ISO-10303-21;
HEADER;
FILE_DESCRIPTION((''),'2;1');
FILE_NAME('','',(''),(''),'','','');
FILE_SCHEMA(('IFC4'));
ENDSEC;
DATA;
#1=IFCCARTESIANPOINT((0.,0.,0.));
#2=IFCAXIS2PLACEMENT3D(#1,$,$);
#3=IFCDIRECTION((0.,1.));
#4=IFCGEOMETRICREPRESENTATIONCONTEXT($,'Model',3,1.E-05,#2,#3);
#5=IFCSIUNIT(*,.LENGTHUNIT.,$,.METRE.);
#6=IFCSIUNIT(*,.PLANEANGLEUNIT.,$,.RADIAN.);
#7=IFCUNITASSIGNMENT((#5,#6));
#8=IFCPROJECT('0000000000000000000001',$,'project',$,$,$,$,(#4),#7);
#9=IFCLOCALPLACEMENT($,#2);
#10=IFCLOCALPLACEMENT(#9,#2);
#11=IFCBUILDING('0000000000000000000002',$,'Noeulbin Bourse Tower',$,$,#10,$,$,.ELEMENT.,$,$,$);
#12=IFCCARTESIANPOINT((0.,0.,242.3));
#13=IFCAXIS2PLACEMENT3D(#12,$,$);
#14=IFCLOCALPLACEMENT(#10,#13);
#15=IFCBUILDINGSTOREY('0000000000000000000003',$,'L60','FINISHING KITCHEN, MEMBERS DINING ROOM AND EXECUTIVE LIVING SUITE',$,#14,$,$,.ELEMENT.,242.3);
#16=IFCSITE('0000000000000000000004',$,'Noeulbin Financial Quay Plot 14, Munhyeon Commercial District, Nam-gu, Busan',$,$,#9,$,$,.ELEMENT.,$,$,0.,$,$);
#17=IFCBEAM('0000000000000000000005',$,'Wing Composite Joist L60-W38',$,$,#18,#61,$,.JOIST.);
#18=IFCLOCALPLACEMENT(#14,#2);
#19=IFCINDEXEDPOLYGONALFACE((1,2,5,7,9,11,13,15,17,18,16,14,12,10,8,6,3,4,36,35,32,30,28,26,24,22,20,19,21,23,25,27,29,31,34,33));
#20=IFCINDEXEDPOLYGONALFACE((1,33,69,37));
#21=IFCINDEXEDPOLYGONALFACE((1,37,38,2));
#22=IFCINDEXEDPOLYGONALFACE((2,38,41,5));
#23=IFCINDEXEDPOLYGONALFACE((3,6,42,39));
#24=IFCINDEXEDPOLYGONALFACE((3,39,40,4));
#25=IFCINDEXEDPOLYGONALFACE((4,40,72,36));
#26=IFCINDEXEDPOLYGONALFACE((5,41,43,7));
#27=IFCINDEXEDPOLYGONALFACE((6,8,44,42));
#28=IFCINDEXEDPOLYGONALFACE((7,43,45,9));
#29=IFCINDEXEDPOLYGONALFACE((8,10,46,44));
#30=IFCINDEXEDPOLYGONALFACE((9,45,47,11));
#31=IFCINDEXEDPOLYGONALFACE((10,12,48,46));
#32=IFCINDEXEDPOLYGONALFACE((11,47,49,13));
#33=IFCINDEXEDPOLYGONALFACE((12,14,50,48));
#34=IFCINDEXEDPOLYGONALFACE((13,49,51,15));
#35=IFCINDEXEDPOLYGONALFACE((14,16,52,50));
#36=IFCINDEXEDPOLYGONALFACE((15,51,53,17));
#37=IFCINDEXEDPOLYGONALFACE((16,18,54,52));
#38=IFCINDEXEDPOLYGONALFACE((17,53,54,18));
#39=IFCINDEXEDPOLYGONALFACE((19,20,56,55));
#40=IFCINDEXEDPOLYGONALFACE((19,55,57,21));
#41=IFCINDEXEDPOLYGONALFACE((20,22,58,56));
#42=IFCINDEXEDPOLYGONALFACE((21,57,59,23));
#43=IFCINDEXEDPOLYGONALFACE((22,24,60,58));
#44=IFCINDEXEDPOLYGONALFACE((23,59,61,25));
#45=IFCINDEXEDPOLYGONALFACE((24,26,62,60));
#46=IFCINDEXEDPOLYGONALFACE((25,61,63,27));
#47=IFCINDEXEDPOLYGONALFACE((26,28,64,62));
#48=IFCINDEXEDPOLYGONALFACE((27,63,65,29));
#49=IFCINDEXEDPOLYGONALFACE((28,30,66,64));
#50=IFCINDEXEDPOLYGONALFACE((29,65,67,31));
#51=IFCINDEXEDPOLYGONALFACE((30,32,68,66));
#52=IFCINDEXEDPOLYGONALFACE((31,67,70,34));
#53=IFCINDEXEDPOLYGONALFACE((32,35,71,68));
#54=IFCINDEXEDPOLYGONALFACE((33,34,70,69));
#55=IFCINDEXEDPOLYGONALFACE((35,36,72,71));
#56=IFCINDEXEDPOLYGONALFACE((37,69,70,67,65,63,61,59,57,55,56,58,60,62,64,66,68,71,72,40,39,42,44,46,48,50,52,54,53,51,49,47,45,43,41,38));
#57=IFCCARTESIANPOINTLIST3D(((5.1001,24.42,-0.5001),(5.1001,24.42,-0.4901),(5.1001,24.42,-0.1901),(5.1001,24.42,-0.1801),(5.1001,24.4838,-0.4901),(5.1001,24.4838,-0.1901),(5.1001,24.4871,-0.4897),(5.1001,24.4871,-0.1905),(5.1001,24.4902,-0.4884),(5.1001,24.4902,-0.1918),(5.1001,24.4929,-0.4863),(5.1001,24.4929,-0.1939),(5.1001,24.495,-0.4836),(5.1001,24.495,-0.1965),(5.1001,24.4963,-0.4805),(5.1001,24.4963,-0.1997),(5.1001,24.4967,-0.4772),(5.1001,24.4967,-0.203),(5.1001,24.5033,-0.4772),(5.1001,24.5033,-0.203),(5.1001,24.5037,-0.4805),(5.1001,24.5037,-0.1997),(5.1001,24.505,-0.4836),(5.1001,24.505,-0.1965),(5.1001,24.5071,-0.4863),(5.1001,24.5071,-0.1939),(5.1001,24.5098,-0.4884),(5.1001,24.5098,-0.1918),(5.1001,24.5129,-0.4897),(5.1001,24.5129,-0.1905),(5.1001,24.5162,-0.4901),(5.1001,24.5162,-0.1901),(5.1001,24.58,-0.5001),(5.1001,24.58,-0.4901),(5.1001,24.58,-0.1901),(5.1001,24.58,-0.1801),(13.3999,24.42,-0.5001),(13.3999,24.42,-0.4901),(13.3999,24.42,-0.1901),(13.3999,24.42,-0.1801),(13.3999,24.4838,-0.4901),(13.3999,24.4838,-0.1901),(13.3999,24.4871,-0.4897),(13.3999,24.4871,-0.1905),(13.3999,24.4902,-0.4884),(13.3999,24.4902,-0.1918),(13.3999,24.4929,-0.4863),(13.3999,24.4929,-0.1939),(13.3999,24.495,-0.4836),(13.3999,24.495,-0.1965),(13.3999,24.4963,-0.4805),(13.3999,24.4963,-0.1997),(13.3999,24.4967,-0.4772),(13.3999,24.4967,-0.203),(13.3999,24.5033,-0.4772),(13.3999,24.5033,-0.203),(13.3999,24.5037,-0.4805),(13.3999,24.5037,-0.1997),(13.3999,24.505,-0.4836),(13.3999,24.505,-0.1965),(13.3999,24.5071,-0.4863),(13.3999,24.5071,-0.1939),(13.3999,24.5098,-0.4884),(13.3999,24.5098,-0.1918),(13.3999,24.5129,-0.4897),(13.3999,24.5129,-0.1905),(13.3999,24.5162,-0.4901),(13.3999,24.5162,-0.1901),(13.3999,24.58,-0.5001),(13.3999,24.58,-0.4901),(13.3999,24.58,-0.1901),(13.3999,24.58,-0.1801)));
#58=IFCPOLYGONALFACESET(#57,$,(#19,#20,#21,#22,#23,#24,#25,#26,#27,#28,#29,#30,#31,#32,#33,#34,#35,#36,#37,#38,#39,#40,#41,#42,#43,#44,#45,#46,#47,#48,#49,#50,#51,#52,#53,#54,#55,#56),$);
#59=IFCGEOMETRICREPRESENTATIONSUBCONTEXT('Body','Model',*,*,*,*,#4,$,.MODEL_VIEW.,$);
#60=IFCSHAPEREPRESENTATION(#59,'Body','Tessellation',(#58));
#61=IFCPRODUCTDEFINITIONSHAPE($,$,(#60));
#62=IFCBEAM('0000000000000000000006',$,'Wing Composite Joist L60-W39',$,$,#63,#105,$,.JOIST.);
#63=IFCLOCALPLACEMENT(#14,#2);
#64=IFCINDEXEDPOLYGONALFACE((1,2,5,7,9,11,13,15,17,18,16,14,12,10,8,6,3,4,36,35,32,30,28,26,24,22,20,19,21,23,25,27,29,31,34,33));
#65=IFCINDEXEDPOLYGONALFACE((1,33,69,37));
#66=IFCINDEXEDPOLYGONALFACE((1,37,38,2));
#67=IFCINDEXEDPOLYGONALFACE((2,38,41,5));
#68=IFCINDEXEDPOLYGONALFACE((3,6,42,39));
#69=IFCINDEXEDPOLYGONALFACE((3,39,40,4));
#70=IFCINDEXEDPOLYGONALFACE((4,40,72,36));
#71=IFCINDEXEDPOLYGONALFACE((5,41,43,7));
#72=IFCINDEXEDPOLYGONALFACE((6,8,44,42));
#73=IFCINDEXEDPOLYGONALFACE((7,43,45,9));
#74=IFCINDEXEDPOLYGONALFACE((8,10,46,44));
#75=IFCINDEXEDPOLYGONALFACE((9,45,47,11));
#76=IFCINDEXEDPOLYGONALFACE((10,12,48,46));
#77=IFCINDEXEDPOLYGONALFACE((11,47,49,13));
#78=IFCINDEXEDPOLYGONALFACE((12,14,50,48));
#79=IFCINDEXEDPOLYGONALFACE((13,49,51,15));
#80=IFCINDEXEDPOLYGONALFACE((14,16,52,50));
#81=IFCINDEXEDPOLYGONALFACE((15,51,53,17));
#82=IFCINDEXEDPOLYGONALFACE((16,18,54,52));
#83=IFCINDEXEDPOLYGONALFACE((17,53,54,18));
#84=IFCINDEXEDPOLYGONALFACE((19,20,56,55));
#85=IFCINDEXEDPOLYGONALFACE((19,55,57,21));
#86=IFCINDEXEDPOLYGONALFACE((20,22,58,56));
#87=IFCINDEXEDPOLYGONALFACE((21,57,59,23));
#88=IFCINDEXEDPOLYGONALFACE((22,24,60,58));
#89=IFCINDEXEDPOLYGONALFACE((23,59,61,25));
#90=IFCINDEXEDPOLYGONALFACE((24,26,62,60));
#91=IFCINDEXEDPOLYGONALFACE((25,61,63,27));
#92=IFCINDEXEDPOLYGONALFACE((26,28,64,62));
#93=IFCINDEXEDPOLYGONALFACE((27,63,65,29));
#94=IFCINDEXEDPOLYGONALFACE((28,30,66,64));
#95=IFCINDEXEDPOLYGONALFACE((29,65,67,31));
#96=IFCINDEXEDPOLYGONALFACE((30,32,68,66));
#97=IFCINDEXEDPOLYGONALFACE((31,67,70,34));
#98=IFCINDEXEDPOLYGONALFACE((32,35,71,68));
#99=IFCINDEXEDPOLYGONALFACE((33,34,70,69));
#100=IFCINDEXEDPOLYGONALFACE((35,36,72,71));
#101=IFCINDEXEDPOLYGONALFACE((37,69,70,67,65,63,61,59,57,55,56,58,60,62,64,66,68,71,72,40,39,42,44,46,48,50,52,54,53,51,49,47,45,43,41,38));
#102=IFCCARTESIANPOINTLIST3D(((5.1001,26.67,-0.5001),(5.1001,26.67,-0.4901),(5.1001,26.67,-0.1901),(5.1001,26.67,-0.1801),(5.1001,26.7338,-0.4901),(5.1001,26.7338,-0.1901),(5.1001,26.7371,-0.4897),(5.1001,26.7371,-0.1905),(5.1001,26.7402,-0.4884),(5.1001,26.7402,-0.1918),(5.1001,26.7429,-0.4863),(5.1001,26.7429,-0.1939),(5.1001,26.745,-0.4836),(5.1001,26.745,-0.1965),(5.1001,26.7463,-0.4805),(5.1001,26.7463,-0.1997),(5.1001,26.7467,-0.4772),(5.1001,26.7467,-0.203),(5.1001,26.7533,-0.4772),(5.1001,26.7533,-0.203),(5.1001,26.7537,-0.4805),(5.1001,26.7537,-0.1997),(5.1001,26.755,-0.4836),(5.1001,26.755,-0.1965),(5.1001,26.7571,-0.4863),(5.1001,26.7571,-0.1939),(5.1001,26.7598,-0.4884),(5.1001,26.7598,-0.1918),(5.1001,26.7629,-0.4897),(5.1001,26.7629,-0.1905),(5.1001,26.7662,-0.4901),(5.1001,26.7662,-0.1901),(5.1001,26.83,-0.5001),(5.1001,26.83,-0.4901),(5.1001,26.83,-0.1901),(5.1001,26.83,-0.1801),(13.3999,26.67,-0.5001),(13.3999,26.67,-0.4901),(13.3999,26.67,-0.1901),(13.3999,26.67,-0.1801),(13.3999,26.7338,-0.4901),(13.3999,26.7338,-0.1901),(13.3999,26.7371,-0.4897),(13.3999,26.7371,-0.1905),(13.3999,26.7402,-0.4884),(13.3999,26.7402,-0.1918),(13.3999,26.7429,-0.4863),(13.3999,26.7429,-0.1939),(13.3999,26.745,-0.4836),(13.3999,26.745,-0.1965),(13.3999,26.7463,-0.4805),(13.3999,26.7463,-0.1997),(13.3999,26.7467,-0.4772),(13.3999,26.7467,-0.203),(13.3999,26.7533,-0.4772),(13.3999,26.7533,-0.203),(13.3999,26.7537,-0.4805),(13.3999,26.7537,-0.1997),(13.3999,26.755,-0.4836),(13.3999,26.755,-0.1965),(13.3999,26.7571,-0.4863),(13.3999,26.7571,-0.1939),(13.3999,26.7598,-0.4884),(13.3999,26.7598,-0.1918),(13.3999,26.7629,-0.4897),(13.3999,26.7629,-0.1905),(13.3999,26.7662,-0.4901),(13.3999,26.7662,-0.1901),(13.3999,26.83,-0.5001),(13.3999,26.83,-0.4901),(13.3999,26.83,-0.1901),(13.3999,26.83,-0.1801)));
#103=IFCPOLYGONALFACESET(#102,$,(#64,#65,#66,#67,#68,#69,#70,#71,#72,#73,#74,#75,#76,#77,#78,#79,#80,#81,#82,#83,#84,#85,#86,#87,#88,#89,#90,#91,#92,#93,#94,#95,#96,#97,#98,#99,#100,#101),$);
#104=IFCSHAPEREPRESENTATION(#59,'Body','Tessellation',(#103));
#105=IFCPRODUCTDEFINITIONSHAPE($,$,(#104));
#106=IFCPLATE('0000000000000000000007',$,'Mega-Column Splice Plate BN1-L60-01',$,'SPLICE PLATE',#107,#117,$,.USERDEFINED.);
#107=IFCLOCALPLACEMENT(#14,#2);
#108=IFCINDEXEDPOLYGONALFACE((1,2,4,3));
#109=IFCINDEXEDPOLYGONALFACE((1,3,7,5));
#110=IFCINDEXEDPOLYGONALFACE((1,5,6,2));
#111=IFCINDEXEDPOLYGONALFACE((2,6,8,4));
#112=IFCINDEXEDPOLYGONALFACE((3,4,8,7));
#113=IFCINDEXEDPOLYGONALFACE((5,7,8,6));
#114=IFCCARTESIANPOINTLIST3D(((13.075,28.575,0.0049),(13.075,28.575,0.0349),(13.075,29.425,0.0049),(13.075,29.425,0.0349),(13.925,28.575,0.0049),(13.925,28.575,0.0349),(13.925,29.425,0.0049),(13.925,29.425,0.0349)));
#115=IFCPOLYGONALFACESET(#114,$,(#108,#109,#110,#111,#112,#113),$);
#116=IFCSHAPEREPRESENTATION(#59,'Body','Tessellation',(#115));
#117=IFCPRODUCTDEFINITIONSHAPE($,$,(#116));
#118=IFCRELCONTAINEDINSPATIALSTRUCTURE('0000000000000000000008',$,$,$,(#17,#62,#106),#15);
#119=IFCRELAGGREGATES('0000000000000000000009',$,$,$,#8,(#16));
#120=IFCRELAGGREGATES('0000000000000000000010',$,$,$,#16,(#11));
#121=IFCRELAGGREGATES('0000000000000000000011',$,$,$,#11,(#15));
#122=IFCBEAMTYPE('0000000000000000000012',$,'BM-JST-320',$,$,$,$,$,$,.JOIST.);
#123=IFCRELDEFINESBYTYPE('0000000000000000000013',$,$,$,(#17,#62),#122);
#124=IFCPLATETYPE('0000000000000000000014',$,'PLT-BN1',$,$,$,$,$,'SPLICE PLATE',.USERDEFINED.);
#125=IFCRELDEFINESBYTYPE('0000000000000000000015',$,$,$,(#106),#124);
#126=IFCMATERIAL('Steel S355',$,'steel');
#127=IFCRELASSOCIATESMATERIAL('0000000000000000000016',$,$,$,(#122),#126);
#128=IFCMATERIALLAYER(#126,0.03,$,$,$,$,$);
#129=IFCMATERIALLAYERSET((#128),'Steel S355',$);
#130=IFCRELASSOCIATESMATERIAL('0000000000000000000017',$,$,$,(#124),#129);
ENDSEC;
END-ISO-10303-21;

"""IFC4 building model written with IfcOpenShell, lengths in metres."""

from ifc_helpers import new_model, si_unit, direction, frame, origin, origin_2d, place, context, subcontext, project, spatial, rectangle, i_section, extrude, material, layer, layer_set, material_profile, profile_set, type_object, element, save


model = new_model("IFC4")

# Units and contexts
model_context = context("Model", 3, precision=1e-05, world=origin(), true_north=direction((0.0, 1.0)))
body_context = subcontext(model_context, "Body", "Model", "MODEL_VIEW")
ifc_project = project(units=[si_unit("LENGTHUNIT", "METRE"), si_unit("PLANEANGLEUNIT", "RADIAN")], contexts=[model_context])

# Site, building, storey
site_placement = place(None, origin())
site = spatial("IfcSite", under=ifc_project, at=site_placement, Name="Noeulbin Financial Quay Plot 14, Munhyeon Commercial District, Nam-gu, Busan", CompositionType="ELEMENT", RefElevation=0.0)
building_placement = place(site_placement, origin())
building = spatial("IfcBuilding", under=site, at=building_placement, Name="Noeulbin Bourse Tower", CompositionType="ELEMENT")
storey_placement = place(building_placement, frame((0.0, 0.0, 242.3)))
storey = spatial("IfcBuildingStorey", under=building, at=storey_placement, Name="L60", Description="FINISHING KITCHEN, MEMBERS DINING ROOM AND EXECUTIVE LIVING SUITE", CompositionType="ELEMENT", Elevation=242.3)

# Shared definitions
ifc_material_1 = material(Name="Steel S355", Category="steel")

# Beams
ifc_material_profile_1 = material_profile(ifc_material_1, i_section(OverallWidth=0.1599, OverallDepth=0.3201, WebThickness=0.0066, FlangeThickness=0.01, FilletRadius=0.0129, at=origin_2d()), Name="H-320x160x6.5x10", Category="LoadBearing")
ifc_profile_set_1 = profile_set([ifc_material_profile_1], Name="Steel S355")
beam_type_1 = type_object("IfcBeamType", Name="BM-JST-320", PredefinedType="JOIST", material=ifc_profile_set_1)
for number, where, z_axis, x_axis, name in (
    (1, (5.1001, 24.5, -0.3401), (1.0, 0.0, 0.0), (0.0, 1.0, 0.0), "Wing Composite Joist L60-W38"),
    (2, (5.1001, 26.75, -0.3401), (1.0, 0.0, 0.0), (0.0, 1.0, 0.0), "Wing Composite Joist L60-W39"),
):
    element("IfcBeam", number, at=place(storey_placement, frame(where, z_axis=z_axis, x_axis=x_axis)), inside=storey, type_object=beam_type_1, Name=name, PredefinedType="JOIST", context=body_context, shape_type="SweptSolid", body=[
        extrude(i_section(OverallWidth=0.1599, OverallDepth=0.3201, WebThickness=0.0066, FlangeThickness=0.01, FilletRadius=0.0129, at=origin_2d()), origin(), (0.0, 0.0, 1.0), 8.2998),
    ])

# Plate
ifc_layer_1 = layer(ifc_material_1, 0.03)
ifc_layer_set_1 = layer_set([ifc_layer_1], Name="Steel S355")
plate_type = type_object("IfcPlateType", Name="PLT-BN1", ElementType="SPLICE PLATE", PredefinedType="USERDEFINED", material=ifc_layer_set_1)
plate_placement = place(storey_placement, frame((13.5, 29.0, 0.0049), z_axis=(0.0, 0.0, 1.0), x_axis=(1.0, 0.0, 0.0)))
element("IfcPlate", 3, at=plate_placement, inside=storey, type_object=plate_type, Name="Mega-Column Splice Plate BN1-L60-01", ObjectType="SPLICE PLATE", PredefinedType="USERDEFINED", context=body_context, shape_type="SweptSolid", body=[
    extrude(rectangle(XDim=0.8501, YDim=0.8501, at=origin_2d()), origin(), (0.0, 0.0, 1.0), 0.03),
])

save(model, "model.ifc")
